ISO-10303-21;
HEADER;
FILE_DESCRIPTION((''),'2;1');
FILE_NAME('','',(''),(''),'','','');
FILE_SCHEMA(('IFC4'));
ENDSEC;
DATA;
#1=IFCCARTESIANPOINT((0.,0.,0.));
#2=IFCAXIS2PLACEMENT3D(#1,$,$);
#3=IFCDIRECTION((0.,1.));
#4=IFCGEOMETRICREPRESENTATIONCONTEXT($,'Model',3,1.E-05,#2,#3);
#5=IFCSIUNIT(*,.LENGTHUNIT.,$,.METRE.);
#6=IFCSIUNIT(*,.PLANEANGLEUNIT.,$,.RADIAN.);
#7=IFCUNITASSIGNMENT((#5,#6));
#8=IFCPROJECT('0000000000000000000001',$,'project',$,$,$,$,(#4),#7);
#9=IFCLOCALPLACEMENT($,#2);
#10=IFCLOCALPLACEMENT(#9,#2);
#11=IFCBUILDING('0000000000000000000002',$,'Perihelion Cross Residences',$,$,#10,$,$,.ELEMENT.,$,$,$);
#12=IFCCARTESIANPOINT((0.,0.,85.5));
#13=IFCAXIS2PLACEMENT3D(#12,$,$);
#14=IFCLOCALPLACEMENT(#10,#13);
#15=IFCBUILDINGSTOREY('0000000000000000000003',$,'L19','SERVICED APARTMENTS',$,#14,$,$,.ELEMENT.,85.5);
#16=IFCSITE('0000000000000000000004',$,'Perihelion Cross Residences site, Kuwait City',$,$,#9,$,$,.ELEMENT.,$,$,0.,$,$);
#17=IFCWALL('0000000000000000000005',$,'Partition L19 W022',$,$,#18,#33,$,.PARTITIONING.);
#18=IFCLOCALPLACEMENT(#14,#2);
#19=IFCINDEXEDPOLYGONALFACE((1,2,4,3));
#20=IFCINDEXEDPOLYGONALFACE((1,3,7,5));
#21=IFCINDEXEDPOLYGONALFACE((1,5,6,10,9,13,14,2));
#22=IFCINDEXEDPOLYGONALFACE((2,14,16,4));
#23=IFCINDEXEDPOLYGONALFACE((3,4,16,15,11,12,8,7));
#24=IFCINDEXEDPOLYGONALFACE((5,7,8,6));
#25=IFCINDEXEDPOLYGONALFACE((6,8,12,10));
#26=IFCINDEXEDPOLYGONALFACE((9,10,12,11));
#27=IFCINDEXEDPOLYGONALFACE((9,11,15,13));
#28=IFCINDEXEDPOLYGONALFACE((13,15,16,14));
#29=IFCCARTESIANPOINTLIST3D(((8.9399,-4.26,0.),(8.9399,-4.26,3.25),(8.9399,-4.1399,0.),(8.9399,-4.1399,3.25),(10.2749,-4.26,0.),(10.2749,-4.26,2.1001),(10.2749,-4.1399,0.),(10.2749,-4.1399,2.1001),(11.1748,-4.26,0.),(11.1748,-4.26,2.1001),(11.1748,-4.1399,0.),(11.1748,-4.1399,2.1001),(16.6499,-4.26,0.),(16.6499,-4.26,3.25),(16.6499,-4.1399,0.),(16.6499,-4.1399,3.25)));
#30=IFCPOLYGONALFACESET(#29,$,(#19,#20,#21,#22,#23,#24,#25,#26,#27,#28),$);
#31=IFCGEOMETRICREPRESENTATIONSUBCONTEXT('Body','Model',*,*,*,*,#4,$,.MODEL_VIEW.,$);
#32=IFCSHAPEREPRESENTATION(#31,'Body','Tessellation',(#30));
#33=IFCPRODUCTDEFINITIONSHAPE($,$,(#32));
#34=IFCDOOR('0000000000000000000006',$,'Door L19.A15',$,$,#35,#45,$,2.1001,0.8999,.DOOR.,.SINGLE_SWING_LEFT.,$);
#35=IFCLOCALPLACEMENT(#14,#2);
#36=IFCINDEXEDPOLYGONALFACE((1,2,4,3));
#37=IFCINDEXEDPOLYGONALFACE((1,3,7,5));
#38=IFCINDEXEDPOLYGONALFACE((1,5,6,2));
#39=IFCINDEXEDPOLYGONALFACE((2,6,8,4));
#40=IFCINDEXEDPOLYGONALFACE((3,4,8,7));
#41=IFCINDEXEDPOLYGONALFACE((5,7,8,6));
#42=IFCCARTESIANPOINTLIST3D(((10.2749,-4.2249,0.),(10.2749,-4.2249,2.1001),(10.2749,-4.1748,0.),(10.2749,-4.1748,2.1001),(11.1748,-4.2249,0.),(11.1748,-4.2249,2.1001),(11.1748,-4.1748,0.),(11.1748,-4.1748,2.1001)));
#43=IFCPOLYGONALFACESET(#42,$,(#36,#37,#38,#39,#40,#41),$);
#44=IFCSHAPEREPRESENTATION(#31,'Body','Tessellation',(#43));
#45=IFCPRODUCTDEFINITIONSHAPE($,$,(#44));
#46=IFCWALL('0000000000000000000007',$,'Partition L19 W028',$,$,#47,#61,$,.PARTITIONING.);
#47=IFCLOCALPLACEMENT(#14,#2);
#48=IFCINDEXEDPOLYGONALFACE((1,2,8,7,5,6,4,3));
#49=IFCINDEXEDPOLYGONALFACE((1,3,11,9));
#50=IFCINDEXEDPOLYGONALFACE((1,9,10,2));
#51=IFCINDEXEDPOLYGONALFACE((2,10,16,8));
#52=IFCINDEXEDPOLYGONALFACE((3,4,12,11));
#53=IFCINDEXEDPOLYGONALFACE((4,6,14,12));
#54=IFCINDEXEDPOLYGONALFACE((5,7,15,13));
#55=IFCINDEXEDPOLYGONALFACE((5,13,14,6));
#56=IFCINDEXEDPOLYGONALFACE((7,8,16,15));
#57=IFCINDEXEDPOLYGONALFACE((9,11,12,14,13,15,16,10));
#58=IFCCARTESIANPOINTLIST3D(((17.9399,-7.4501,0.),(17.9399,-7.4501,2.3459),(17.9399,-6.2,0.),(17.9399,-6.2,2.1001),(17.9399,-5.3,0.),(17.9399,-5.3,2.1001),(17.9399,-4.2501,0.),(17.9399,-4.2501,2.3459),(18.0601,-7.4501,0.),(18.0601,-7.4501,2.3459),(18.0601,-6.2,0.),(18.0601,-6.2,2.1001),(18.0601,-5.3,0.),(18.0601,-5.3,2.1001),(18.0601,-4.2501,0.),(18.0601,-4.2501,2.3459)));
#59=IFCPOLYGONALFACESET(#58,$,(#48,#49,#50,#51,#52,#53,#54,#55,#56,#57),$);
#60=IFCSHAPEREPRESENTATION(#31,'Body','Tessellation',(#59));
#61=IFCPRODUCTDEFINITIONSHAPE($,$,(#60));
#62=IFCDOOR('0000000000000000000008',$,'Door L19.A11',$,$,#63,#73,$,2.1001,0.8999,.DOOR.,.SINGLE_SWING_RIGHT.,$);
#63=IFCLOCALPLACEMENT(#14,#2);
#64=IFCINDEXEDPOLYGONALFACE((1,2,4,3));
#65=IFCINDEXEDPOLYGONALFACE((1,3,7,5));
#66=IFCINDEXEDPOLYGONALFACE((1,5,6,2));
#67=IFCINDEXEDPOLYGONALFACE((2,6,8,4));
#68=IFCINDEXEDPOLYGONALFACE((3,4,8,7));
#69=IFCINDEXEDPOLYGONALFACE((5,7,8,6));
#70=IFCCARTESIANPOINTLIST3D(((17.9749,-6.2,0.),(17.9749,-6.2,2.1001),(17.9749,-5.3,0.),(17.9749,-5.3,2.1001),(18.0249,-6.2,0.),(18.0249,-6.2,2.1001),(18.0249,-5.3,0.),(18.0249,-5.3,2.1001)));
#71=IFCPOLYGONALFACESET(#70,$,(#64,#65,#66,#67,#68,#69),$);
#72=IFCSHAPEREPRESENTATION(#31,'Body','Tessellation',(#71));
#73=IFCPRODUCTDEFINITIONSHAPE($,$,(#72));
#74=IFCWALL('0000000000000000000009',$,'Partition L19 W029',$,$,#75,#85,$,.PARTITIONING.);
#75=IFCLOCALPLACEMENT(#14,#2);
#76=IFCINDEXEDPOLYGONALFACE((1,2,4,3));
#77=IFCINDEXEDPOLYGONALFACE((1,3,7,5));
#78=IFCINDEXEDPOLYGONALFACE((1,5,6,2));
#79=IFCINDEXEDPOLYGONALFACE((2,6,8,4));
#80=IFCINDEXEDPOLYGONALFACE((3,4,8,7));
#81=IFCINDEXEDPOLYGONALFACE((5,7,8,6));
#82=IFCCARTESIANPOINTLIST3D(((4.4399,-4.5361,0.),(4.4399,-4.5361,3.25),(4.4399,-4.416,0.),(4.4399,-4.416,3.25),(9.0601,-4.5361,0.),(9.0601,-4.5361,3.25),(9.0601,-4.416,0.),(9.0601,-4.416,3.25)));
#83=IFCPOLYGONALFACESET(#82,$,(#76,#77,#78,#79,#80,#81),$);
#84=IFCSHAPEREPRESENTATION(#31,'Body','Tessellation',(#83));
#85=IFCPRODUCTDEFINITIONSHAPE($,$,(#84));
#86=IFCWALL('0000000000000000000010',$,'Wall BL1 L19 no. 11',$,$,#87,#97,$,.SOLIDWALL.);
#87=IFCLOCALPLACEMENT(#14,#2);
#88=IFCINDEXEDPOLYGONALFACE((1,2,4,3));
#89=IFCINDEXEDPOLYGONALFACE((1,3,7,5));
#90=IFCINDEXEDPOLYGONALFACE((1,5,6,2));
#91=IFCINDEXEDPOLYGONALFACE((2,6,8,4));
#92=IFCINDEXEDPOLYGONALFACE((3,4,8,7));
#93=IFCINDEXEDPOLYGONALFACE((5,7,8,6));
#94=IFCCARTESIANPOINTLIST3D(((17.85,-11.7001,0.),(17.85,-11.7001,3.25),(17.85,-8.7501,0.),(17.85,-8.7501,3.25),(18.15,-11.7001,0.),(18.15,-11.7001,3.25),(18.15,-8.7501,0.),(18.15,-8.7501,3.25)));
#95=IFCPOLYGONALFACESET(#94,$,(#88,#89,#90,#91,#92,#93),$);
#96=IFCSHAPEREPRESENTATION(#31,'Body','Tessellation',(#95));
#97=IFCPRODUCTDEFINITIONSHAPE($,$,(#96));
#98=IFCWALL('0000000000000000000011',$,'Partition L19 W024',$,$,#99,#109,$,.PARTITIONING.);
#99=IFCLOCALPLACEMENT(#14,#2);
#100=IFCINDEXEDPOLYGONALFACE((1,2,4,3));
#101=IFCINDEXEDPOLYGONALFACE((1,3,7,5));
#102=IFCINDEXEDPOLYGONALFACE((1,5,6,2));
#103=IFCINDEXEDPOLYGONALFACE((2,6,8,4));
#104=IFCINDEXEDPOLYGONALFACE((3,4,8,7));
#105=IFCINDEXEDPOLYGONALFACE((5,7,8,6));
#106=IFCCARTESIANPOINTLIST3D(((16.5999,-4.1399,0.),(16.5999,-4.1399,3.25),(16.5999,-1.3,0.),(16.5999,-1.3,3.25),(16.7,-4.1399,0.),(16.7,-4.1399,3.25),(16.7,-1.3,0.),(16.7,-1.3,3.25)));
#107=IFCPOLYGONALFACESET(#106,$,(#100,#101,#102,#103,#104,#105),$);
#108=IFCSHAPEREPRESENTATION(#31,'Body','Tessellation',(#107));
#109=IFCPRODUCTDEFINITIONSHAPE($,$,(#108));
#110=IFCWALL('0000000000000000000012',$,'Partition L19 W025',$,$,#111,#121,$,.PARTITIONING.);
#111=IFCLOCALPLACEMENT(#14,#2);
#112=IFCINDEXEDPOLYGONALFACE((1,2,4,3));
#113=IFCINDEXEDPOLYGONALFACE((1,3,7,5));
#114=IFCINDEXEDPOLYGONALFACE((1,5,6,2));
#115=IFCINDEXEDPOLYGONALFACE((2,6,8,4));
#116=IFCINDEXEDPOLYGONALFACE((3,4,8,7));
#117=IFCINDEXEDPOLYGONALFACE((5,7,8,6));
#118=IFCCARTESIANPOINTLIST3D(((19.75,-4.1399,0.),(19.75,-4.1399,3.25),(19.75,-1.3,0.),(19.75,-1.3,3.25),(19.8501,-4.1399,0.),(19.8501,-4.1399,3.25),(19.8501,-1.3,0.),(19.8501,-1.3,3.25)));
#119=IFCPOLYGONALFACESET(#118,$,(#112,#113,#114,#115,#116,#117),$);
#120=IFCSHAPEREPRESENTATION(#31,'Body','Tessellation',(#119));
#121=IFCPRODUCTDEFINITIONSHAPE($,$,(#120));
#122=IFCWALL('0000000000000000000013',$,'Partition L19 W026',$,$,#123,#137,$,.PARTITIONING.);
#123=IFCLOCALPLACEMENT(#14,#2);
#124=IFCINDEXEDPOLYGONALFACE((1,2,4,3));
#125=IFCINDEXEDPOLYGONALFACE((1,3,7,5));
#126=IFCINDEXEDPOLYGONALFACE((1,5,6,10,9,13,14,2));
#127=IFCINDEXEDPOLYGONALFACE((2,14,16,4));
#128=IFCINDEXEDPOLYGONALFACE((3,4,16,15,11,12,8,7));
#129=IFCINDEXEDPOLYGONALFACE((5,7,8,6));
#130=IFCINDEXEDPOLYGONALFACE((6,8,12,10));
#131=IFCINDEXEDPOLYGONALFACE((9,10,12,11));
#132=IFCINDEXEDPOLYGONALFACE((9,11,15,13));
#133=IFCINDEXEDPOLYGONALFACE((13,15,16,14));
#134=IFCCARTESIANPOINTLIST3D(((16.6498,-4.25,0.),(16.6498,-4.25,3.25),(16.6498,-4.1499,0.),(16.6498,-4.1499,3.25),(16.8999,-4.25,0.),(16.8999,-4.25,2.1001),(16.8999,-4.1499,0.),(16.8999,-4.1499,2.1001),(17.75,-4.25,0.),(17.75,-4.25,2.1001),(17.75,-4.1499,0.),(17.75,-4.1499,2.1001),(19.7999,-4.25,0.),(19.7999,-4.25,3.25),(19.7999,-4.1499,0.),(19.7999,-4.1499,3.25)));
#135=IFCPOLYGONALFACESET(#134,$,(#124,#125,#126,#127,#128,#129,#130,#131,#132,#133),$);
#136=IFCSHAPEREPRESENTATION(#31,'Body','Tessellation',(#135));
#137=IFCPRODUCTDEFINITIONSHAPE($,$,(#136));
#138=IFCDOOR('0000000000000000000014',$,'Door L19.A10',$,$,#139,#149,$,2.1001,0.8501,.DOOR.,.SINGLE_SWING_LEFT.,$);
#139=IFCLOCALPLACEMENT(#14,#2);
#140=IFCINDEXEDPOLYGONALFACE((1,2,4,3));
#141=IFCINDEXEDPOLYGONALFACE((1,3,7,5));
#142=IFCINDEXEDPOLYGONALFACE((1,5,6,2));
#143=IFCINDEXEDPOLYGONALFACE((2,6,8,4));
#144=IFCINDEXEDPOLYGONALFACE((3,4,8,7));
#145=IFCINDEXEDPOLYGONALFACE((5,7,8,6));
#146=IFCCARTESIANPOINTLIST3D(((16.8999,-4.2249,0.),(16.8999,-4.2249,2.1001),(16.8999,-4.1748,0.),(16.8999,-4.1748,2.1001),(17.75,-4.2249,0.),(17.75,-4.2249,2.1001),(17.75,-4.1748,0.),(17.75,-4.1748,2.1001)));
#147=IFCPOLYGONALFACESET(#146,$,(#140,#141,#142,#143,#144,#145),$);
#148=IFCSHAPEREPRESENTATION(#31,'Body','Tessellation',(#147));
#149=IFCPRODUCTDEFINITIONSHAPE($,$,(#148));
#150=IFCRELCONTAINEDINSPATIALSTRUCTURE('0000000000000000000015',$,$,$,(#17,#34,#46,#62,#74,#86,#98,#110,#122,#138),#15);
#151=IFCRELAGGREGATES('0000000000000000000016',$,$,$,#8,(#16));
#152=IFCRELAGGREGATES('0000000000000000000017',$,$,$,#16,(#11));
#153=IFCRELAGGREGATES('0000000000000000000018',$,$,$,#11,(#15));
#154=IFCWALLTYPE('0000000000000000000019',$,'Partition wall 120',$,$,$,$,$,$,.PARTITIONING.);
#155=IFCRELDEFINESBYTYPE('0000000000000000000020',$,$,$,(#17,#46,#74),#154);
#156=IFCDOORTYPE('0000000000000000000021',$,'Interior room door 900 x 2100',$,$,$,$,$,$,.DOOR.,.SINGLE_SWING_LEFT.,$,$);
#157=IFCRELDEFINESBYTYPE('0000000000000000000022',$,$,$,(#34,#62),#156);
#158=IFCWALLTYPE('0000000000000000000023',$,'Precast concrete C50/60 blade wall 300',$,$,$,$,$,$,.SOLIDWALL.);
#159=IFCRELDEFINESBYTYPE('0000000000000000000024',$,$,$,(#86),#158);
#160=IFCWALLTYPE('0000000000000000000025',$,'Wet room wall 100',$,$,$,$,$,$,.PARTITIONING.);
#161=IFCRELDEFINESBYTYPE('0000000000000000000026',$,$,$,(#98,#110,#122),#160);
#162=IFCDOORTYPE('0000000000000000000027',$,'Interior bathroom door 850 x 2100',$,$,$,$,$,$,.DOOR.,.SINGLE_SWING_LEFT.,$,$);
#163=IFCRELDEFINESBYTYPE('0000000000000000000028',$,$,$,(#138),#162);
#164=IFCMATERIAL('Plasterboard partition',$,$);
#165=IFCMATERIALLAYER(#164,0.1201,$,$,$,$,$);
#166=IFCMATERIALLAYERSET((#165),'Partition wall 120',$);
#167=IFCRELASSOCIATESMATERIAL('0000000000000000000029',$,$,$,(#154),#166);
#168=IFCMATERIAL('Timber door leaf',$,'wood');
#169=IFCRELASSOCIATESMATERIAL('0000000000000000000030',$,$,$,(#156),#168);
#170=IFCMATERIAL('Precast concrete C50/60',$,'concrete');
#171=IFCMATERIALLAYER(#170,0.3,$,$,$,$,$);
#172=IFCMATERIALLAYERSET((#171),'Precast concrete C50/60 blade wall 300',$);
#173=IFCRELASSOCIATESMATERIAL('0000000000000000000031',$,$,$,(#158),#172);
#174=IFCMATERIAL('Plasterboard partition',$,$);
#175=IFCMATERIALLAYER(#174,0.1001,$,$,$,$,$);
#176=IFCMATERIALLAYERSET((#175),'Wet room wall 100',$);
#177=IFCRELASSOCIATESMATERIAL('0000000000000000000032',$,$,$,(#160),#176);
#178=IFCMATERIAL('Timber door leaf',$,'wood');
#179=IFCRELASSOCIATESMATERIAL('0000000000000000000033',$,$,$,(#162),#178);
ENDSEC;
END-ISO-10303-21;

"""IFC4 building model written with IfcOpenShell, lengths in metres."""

from ifc_helpers import new_model, si_unit, direction, frame, frame_2d, origin, place, context, subcontext, project, spatial, rectangle, extrude, material, layer, layer_set, type_object, element, fill, save


model = new_model("IFC4")

# Units and contexts
model_context = context("Model", 3, precision=1e-05, world=origin(), true_north=direction((0.0, 1.0)))
body_context = subcontext(model_context, "Body", "Model", "MODEL_VIEW")
ifc_project = project(units=[si_unit("LENGTHUNIT", "METRE"), si_unit("PLANEANGLEUNIT", "RADIAN")], contexts=[model_context])

# Site, building, storey
site_placement = place(None, origin())
site = spatial("IfcSite", under=ifc_project, at=site_placement, Name="Perihelion Cross Residences site, Kuwait City", CompositionType="ELEMENT", RefElevation=0.0)
building_placement = place(site_placement, origin())
building = spatial("IfcBuilding", under=site, at=building_placement, Name="Perihelion Cross Residences", CompositionType="ELEMENT")
storey_placement = place(building_placement, frame((0.0, 0.0, 85.5)))
storey = spatial("IfcBuildingStorey", under=building, at=storey_placement, Name="L19", Description="SERVICED APARTMENTS", CompositionType="ELEMENT", Elevation=85.5)

# Walls, openings, doors
ifc_material_1 = material(Name="Plasterboard partition")
ifc_layer_1 = layer(ifc_material_1, 0.1201)
ifc_layer_set_1 = layer_set([ifc_layer_1], Name="Partition wall 120")
wall_type_1 = type_object("IfcWallType", Name="Partition wall 120", PredefinedType="PARTITIONING", material=ifc_layer_set_1)
ifc_material_2 = material(Name="Timber door leaf", Category="wood")
door_type_1 = type_object("IfcDoorType", Name="Interior room door 900 x 2100", OperationType="SINGLE_SWING_LEFT", PredefinedType="DOOR", material=ifc_material_2)
wall_1_placement = place(storey_placement, frame((16.6499, -4.2, 0.0), z_axis=(0.0, 0.0, 1.0), x_axis=(-1.0, 0.0, 0.0)))
wall_1 = element("IfcWall", 1, at=wall_1_placement, inside=storey, type_object=wall_type_1, Name="Partition L19 W022", PredefinedType="PARTITIONING", context=body_context, shape_type="SweptSolid", body=[
    extrude(rectangle(XDim=7.71, YDim=0.1201, at=frame_2d((3.855, 0.0))), origin(), (0.0, 0.0, 1.0), 3.25),
])
opening_1_placement = place(wall_1_placement, frame((5.4751, 0.0, 0.0)))
opening_1 = element("IfcOpeningElement", 2, at=opening_1_placement, cuts=wall_1, PredefinedType="OPENING", context=body_context, shape_type="SweptSolid", body=[
    extrude(rectangle(XDim=0.8999, YDim=2.1001, at=frame_2d((0.45, 1.05))), frame((0.0, 0.0701, 0.0), z_axis=(0.0, -1.0, 0.0), x_axis=(1.0, 0.0, 0.0)), (0.0, 0.0, 1.0), 0.1401),
])
door_1_placement = place(opening_1_placement, origin())
door_1 = element("IfcDoor", 3, at=door_1_placement, inside=storey, type_object=door_type_1, Name="Door L19.A15", OperationType="SINGLE_SWING_LEFT", OverallHeight=2.1001, OverallWidth=0.8999, PredefinedType="DOOR", context=body_context, shape_type="SweptSolid", body=[
    extrude(rectangle(XDim=0.8999, YDim=2.1001, at=frame_2d((0.45, 1.05))), frame((0.0, 0.0249, 0.0), z_axis=(0.0, -1.0, 0.0), x_axis=(1.0, 0.0, 0.0)), (0.0, 0.0, 1.0), 0.05),
])
fill(opening_1, door_1)
wall_2_placement = place(storey_placement, frame((18.0, -4.25, 0.0), z_axis=(0.0, 0.0, 1.0), x_axis=(0.0, -1.0, 0.0)))
wall_2 = element("IfcWall", 4, at=wall_2_placement, inside=storey, type_object=wall_type_1, Name="Partition L19 W028", PredefinedType="PARTITIONING", context=body_context, shape_type="SweptSolid", body=[
    extrude(rectangle(XDim=3.2, YDim=0.1201, at=frame_2d((1.6001, 0.0))), origin(), (0.0, 0.0, 1.0), 2.3459),
])
opening_2_placement = place(wall_2_placement, frame((1.05, 0.0, 0.0)))
opening_2 = element("IfcOpeningElement", 5, at=opening_2_placement, cuts=wall_2, PredefinedType="OPENING", context=body_context, shape_type="SweptSolid", body=[
    extrude(rectangle(XDim=0.8999, YDim=2.1001, at=frame_2d((0.45, 1.05))), frame((0.0, 0.0701, 0.0), z_axis=(0.0, -1.0, 0.0), x_axis=(1.0, 0.0, 0.0)), (0.0, 0.0, 1.0), 0.1401),
])
door_2_placement = place(opening_2_placement, origin())
door_2 = element("IfcDoor", 6, at=door_2_placement, inside=storey, type_object=door_type_1, Name="Door L19.A11", OperationType="SINGLE_SWING_RIGHT", OverallHeight=2.1001, OverallWidth=0.8999, PredefinedType="DOOR", context=body_context, shape_type="SweptSolid", body=[
    extrude(rectangle(XDim=0.8999, YDim=2.1001, at=frame_2d((0.45, 1.05))), frame((0.0, 0.0249, 0.0), z_axis=(0.0, -1.0, 0.0), x_axis=(1.0, 0.0, 0.0)), (0.0, 0.0, 1.0), 0.05),
])
fill(opening_2, door_2)

# Walls
wall_3_placement = place(storey_placement, frame((9.0601, -4.4761, 0.0), z_axis=(0.0, 0.0, 1.0), x_axis=(-1.0, 0.0, 0.0)))
element("IfcWall", 7, at=wall_3_placement, inside=storey, type_object=wall_type_1, Name="Partition L19 W029", PredefinedType="PARTITIONING", context=body_context, shape_type="SweptSolid", body=[
    extrude(rectangle(XDim=4.6201, YDim=0.1201, at=frame_2d((2.3101, 0.0))), origin(), (0.0, 0.0, 1.0), 3.25),
])
ifc_material_3 = material(Name="Precast concrete C50/60", Category="concrete")
ifc_layer_2 = layer(ifc_material_3, 0.3)
ifc_layer_set_2 = layer_set([ifc_layer_2], Name="Precast concrete C50/60 blade wall 300")
wall_type_2 = type_object("IfcWallType", Name="Precast concrete C50/60 blade wall 300", PredefinedType="SOLIDWALL", material=ifc_layer_set_2)
wall_4_placement = place(storey_placement, frame((18.0, -8.75, 0.0), z_axis=(0.0, 0.0, 1.0), x_axis=(0.0, -1.0, 0.0)))
element("IfcWall", 8, at=wall_4_placement, inside=storey, type_object=wall_type_2, Name="Wall BL1 L19 no. 11", PredefinedType="SOLIDWALL", context=body_context, shape_type="SweptSolid", body=[
    extrude(rectangle(XDim=2.95, YDim=0.3, at=frame_2d((1.4751, 0.0))), origin(), (0.0, 0.0, 1.0), 3.25),
])
ifc_material_4 = material(Name="Plasterboard partition")
ifc_layer_3 = layer(ifc_material_4, 0.1001)
ifc_layer_set_3 = layer_set([ifc_layer_3], Name="Wet room wall 100")
wall_type_3 = type_object("IfcWallType", Name="Wet room wall 100", PredefinedType="PARTITIONING", material=ifc_layer_set_3)
for number, where, z_axis, x_axis, name in (
    (9, (16.6499, -1.3, 0.0), (0.0, 0.0, 1.0), (0.0, -1.0, 0.0), "Partition L19 W024"),
    (10, (19.8, -1.3, 0.0), (0.0, 0.0, 1.0), (0.0, -1.0, 0.0), "Partition L19 W025"),
):
    element("IfcWall", number, at=place(storey_placement, frame(where, z_axis=z_axis, x_axis=x_axis)), inside=storey, type_object=wall_type_3, Name=name, PredefinedType="PARTITIONING", context=body_context, shape_type="SweptSolid", body=[
        extrude(rectangle(XDim=2.8398, YDim=0.1001, at=frame_2d((1.4199, 0.0))), origin(), (0.0, 0.0, 1.0), 3.25),
    ])

# Wall, opening, door
wall_5_placement = place(storey_placement, frame((19.8, -4.2, 0.0), z_axis=(0.0, 0.0, 1.0), x_axis=(-1.0, 0.0, 0.0)))
wall_5 = element("IfcWall", 11, at=wall_5_placement, inside=storey, type_object=wall_type_3, Name="Partition L19 W026", PredefinedType="PARTITIONING", context=body_context, shape_type="SweptSolid", body=[
    extrude(rectangle(XDim=3.1501, YDim=0.1001, at=frame_2d((1.5752, 0.0))), origin(), (0.0, 0.0, 1.0), 3.25),
])
opening_3_placement = place(wall_5_placement, frame((2.05, 0.0, 0.0)))
opening_3 = element("IfcOpeningElement", 12, at=opening_3_placement, cuts=wall_5, PredefinedType="OPENING", context=body_context, shape_type="SweptSolid", body=[
    extrude(rectangle(XDim=0.8501, YDim=2.1001, at=frame_2d((0.425, 1.05))), frame((0.0, 0.0601, 0.0), z_axis=(0.0, -1.0, 0.0), x_axis=(1.0, 0.0, 0.0)), (0.0, 0.0, 1.0), 0.1201),
])
ifc_material_5 = material(Name="Timber door leaf", Category="wood")
door_type_2 = type_object("IfcDoorType", Name="Interior bathroom door 850 x 2100", OperationType="SINGLE_SWING_LEFT", PredefinedType="DOOR", material=ifc_material_5)
door_3_placement = place(opening_3_placement, origin())
door_3 = element("IfcDoor", 13, at=door_3_placement, inside=storey, type_object=door_type_2, Name="Door L19.A10", OperationType="SINGLE_SWING_LEFT", OverallHeight=2.1001, OverallWidth=0.8501, PredefinedType="DOOR", context=body_context, shape_type="SweptSolid", body=[
    extrude(rectangle(XDim=0.8501, YDim=2.1001, at=frame_2d((0.425, 1.05))), frame((0.0, 0.0249, 0.0), z_axis=(0.0, -1.0, 0.0), x_axis=(1.0, 0.0, 0.0)), (0.0, 0.0, 1.0), 0.05),
])
fill(opening_3, door_3)

save(model, "model.ifc")
